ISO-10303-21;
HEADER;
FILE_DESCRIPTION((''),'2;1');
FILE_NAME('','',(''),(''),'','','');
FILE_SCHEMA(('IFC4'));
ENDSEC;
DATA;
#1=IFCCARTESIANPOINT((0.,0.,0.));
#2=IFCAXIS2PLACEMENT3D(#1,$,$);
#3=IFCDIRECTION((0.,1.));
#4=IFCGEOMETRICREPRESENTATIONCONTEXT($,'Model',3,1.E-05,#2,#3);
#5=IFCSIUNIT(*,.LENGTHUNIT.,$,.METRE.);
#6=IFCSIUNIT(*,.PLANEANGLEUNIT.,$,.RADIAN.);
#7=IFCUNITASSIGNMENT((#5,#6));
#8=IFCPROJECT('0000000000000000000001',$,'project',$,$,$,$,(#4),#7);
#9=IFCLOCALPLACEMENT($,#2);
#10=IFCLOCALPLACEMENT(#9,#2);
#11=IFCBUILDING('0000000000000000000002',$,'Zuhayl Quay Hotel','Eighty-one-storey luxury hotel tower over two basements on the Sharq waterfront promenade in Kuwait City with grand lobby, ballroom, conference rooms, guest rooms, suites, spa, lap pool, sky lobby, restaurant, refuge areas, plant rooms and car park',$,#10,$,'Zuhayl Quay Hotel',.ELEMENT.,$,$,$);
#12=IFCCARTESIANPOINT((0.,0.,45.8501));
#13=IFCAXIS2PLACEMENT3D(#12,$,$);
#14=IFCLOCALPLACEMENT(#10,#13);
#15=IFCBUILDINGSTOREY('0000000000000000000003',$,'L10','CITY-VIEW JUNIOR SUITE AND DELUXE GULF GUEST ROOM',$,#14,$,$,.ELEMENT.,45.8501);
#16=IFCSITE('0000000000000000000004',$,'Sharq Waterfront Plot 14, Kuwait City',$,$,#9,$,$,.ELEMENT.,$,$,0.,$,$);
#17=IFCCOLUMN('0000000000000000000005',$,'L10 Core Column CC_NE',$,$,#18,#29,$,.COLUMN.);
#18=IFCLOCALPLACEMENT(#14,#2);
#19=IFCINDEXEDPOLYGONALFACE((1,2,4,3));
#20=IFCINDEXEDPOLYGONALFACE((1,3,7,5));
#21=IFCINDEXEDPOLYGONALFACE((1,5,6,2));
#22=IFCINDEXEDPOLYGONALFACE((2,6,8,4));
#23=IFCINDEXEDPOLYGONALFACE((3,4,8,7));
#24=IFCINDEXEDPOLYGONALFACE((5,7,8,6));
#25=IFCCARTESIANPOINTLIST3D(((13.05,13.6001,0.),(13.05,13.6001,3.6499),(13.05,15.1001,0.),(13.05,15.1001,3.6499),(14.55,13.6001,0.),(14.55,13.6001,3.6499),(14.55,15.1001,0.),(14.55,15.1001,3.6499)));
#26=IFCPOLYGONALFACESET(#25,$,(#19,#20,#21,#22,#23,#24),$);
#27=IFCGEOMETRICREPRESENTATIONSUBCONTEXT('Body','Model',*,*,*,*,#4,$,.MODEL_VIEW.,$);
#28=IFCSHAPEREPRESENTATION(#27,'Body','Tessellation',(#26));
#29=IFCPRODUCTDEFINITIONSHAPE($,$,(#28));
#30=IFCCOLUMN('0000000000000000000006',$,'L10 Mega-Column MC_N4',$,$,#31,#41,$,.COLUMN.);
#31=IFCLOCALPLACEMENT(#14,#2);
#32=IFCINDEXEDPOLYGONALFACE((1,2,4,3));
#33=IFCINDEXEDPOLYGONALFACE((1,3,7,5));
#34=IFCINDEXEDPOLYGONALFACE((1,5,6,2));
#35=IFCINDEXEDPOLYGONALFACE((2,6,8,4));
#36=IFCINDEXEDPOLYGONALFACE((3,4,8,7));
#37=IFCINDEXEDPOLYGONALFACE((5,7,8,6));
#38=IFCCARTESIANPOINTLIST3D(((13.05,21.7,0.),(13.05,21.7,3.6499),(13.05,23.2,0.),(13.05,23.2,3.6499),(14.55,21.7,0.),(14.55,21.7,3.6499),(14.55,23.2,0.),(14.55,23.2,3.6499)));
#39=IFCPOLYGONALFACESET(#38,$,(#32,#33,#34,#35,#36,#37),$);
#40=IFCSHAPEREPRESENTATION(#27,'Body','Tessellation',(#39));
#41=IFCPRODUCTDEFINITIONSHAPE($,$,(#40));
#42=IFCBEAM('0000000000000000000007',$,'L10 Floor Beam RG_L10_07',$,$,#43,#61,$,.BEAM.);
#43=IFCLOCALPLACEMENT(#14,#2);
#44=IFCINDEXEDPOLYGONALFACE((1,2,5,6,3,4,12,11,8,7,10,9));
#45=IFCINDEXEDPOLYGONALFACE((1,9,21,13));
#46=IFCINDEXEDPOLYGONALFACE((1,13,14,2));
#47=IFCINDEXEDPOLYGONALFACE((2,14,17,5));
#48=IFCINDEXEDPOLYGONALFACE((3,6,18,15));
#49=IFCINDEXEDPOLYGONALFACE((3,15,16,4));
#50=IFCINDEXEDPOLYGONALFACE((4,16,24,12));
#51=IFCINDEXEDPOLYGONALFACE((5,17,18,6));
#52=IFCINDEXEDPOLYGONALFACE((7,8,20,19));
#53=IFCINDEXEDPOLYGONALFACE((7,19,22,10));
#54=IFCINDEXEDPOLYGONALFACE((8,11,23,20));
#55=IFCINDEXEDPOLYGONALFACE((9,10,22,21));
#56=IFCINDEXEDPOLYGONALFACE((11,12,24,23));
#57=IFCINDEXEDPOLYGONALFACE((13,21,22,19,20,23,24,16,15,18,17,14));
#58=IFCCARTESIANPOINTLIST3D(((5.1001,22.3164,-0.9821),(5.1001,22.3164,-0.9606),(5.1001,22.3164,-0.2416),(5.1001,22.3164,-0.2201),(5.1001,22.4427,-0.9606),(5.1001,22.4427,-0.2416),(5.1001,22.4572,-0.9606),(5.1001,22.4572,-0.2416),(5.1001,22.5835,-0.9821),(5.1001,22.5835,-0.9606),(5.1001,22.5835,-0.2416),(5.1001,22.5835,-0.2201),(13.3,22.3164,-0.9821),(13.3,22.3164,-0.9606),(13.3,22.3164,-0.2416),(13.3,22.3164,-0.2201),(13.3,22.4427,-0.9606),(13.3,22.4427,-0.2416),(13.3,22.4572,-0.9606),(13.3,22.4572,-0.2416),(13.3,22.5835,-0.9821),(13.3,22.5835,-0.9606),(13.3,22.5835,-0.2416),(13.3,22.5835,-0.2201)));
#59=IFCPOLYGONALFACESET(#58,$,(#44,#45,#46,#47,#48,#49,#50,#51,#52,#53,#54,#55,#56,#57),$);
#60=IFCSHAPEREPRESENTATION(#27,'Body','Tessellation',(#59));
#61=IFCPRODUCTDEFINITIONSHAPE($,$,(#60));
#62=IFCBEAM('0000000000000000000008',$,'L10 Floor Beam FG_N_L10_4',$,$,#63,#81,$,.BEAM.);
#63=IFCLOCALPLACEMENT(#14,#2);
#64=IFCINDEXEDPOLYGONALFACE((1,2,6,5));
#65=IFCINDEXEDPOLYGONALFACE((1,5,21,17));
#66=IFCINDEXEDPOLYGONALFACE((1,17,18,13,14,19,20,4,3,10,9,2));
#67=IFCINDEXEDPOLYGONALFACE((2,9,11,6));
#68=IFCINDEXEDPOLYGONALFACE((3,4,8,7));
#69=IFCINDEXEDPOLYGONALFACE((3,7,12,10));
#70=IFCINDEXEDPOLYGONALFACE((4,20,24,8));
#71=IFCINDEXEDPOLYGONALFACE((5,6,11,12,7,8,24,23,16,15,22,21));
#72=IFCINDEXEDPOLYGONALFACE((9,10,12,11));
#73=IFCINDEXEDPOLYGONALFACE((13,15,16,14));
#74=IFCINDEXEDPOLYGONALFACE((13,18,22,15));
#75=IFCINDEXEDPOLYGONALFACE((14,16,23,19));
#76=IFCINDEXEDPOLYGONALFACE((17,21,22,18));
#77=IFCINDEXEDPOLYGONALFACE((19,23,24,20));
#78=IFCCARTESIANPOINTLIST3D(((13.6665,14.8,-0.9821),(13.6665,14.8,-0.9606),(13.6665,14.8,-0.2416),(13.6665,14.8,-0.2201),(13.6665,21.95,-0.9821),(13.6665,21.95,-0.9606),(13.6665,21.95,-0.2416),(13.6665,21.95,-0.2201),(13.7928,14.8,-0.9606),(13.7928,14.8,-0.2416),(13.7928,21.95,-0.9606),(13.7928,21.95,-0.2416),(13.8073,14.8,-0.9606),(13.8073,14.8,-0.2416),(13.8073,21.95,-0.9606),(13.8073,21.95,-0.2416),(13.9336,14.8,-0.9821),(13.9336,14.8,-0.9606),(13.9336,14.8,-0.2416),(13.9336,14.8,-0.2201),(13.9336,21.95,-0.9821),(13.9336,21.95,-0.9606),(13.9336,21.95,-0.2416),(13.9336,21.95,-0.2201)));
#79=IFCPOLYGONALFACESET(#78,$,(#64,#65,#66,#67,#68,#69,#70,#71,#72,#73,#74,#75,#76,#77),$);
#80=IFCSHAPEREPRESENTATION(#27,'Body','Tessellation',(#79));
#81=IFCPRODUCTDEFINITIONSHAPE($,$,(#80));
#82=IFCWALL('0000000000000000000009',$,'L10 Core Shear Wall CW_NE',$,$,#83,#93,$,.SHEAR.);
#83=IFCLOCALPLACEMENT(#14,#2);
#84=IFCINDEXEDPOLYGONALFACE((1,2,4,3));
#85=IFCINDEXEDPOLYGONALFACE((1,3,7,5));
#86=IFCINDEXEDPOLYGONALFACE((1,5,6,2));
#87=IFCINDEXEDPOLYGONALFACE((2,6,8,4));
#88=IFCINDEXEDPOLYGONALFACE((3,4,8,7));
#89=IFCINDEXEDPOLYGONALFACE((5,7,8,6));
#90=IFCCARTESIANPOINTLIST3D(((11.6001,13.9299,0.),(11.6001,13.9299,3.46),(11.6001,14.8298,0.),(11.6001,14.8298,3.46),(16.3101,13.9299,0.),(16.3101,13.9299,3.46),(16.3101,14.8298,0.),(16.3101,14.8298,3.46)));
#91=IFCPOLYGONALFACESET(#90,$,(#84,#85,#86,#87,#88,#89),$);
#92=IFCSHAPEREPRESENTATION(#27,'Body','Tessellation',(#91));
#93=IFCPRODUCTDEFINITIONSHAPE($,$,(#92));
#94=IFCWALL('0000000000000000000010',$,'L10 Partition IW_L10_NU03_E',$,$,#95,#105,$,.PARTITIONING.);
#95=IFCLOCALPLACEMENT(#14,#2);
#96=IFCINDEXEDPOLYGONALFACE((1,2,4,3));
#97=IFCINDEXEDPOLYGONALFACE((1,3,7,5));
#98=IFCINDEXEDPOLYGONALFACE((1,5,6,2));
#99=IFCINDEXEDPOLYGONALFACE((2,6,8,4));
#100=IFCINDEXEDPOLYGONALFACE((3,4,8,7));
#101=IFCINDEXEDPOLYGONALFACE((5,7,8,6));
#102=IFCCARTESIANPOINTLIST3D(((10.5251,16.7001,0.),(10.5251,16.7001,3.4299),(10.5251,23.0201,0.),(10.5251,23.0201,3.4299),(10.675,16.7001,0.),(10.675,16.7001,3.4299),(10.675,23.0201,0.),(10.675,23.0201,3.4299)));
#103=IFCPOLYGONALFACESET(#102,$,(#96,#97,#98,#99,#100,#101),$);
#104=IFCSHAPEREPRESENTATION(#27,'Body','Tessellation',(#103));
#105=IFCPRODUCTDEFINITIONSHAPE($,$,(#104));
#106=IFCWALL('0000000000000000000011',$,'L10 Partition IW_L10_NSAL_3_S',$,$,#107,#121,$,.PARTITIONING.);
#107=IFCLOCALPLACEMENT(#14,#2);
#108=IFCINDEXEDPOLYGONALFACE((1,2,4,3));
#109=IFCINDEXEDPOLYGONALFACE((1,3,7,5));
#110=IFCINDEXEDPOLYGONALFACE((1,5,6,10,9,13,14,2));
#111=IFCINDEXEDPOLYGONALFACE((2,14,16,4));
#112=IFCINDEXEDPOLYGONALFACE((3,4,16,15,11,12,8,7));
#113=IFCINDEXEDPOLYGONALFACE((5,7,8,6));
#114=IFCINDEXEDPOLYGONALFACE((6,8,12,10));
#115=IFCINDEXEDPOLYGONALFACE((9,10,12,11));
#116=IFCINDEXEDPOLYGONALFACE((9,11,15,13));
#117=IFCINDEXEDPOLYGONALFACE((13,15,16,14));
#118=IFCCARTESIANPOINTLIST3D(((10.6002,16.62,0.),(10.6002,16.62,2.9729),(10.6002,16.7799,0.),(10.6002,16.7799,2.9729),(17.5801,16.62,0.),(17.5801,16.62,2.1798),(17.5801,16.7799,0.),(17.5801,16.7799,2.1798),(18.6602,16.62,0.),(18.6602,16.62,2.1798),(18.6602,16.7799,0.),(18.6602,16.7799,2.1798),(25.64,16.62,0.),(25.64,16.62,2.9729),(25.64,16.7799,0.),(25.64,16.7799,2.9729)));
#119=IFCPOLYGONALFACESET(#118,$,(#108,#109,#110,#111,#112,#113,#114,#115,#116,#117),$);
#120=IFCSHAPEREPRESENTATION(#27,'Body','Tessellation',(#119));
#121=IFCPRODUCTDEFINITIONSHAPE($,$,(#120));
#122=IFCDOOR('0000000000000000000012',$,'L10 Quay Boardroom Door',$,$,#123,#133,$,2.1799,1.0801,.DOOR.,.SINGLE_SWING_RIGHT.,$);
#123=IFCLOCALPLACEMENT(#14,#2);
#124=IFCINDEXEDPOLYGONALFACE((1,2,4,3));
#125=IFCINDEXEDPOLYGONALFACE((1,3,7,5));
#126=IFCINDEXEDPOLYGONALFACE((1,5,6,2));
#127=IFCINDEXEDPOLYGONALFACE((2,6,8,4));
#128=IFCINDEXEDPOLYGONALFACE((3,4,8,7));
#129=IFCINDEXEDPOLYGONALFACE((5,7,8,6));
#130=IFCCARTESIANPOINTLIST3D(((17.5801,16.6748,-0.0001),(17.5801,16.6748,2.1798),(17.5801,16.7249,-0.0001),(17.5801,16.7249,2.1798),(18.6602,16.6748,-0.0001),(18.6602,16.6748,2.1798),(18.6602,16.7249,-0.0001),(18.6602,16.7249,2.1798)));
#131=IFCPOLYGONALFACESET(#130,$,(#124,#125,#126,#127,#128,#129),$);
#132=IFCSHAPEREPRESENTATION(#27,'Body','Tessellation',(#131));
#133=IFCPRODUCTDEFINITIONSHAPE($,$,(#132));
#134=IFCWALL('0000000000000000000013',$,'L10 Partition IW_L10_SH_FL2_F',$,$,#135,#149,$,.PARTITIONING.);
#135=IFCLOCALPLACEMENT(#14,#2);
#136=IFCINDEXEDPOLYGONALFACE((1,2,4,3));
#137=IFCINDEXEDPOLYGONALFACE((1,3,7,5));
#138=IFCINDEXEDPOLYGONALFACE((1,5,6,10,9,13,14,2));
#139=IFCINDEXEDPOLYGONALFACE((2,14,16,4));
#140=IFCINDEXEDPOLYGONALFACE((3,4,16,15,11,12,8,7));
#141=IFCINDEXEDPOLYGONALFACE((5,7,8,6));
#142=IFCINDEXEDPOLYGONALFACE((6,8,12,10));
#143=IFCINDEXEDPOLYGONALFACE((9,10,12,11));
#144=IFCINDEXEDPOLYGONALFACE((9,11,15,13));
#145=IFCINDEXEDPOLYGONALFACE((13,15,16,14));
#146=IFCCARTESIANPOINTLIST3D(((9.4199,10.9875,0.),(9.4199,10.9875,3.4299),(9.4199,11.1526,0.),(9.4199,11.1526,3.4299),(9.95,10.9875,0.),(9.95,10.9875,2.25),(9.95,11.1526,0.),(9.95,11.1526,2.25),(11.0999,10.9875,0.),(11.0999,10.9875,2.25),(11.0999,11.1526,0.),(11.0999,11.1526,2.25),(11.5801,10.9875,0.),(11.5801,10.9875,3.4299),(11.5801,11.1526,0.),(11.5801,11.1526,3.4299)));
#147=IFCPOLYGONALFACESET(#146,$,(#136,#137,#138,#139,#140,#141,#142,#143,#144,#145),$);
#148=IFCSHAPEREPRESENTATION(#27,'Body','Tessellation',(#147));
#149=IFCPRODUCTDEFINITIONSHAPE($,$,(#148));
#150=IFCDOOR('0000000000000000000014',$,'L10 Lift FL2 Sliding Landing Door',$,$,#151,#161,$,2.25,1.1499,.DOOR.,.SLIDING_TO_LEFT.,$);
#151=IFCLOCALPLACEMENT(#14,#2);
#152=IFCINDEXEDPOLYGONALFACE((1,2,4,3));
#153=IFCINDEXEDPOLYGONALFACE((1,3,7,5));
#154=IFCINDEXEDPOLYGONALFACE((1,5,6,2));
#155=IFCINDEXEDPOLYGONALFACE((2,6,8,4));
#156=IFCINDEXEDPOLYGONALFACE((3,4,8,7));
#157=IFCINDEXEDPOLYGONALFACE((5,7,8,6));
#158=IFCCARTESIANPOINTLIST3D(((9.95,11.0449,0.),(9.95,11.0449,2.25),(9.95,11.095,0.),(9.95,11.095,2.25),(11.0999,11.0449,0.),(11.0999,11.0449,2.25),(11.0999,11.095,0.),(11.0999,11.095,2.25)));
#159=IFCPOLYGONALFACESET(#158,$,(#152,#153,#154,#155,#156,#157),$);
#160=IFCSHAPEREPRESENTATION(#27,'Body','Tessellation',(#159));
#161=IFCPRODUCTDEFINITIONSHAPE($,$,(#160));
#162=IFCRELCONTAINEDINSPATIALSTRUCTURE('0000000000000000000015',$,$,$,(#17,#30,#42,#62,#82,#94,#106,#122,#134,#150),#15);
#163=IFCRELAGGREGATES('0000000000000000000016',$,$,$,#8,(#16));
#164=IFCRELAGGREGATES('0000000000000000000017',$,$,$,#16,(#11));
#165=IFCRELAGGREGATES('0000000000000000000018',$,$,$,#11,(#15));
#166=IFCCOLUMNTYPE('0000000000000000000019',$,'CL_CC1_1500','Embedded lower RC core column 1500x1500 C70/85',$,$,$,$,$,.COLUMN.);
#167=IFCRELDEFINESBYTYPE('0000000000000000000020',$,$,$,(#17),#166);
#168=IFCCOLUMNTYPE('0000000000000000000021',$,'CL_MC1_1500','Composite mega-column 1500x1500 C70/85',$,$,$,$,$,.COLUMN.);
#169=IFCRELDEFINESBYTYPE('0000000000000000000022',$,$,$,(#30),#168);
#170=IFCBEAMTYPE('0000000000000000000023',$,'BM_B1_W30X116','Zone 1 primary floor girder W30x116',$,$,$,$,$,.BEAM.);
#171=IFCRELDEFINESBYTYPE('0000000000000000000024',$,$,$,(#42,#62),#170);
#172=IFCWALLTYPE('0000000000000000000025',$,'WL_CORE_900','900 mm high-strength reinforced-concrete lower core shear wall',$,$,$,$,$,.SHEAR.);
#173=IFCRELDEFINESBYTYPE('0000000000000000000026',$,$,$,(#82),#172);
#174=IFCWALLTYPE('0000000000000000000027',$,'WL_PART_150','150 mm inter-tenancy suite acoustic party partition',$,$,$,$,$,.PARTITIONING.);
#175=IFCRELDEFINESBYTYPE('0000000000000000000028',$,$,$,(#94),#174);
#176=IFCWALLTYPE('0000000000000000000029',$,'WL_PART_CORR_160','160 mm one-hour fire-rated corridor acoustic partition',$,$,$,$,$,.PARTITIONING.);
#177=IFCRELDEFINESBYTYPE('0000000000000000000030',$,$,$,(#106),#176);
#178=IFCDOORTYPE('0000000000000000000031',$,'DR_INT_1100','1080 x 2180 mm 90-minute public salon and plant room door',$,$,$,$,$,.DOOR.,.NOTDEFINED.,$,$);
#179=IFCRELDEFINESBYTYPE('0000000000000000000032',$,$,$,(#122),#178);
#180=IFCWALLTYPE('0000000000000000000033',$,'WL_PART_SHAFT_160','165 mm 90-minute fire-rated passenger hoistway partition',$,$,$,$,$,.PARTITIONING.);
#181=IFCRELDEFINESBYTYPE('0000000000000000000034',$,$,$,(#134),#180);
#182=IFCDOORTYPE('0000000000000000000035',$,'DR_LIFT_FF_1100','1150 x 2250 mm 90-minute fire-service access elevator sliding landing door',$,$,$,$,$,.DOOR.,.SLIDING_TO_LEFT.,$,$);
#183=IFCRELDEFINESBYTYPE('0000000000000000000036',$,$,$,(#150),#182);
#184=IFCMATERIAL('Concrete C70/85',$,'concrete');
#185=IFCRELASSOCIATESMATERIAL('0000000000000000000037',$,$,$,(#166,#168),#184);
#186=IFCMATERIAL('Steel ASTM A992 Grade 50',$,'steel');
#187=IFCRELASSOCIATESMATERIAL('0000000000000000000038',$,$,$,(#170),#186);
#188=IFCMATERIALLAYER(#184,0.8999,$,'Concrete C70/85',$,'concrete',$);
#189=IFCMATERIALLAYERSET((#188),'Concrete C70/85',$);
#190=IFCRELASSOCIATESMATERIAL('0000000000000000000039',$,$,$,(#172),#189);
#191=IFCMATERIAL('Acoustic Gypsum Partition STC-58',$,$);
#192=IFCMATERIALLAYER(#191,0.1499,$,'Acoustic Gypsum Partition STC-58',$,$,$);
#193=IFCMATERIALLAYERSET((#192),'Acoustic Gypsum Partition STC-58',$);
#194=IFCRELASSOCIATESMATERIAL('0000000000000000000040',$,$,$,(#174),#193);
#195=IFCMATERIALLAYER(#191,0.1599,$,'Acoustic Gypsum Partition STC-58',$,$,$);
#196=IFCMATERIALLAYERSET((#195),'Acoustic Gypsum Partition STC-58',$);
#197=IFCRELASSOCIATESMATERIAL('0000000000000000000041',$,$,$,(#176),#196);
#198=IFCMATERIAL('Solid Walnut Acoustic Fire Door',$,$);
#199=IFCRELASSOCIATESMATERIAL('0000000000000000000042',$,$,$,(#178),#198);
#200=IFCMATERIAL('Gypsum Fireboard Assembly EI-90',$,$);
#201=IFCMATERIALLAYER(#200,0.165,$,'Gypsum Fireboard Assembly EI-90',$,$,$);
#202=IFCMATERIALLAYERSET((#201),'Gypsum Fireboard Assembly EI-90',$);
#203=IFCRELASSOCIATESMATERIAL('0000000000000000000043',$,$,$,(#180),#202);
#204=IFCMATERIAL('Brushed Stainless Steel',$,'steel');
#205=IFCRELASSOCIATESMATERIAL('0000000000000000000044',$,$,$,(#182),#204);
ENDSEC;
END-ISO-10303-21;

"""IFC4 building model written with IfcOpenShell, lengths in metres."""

from ifc_helpers import new_model, si_unit, direction, frame, frame_2d, origin, origin_2d, place, context, subcontext, project, spatial, rectangle, i_section, extrude, material, layer, layer_set, material_profile, profile_set, type_object, element, fill, save


model = new_model("IFC4")

# Units and contexts
model_context = context("Model", 3, precision=1e-05, world=origin(), true_north=direction((0.0, 1.0)))
body_context = subcontext(model_context, "Body", "Model", "MODEL_VIEW")
ifc_project = project(units=[si_unit("LENGTHUNIT", "METRE"), si_unit("PLANEANGLEUNIT", "RADIAN")], contexts=[model_context])

# Site, building, storey
site_placement = place(None, origin())
site = spatial("IfcSite", under=ifc_project, at=site_placement, Name="Sharq Waterfront Plot 14, Kuwait City", CompositionType="ELEMENT", RefElevation=0.0)
building_placement = place(site_placement, origin())
building = spatial("IfcBuilding", under=site, at=building_placement, Name="Zuhayl Quay Hotel", Description="Eighty-one-storey luxury hotel tower over two basements on the Sharq waterfront promenade in Kuwait City with grand lobby, ballroom, conference rooms, guest rooms, suites, spa, lap pool, sky lobby, restaurant, refuge areas, plant rooms and car park", LongName="Zuhayl Quay Hotel", CompositionType="ELEMENT")
storey_placement = place(building_placement, frame((0.0, 0.0, 45.8501)))
storey = spatial("IfcBuildingStorey", under=building, at=storey_placement, Name="L10", Description="CITY-VIEW JUNIOR SUITE AND DELUXE GULF GUEST ROOM", CompositionType="ELEMENT", Elevation=45.8501)

# Columns
ifc_material_1 = material(Name="Concrete C70/85", Category="concrete")
ifc_material_profile_1 = material_profile(ifc_material_1, rectangle(XDim=1.5, YDim=1.5, at=origin_2d()), Name="RC1500X1500")
ifc_profile_set_1 = profile_set([ifc_material_profile_1], Name="Concrete C70/85")
column_type_1 = type_object("IfcColumnType", Name="CL_CC1_1500", Description="Embedded lower RC core column 1500x1500 C70/85", PredefinedType="COLUMN", material=ifc_profile_set_1)
column_1_placement = place(storey_placement, frame((13.8, 14.3501, 0.0), z_axis=(0.0, 0.0, 1.0), x_axis=(1.0, 0.0, 0.0)))
element("IfcColumn", 1, at=column_1_placement, inside=storey, type_object=column_type_1, Name="L10 Core Column CC_NE", PredefinedType="COLUMN", context=body_context, shape_type="SweptSolid", body=[
    extrude(rectangle(XDim=1.5, YDim=1.5, at=origin_2d()), origin(), (0.0, 0.0, 1.0), 3.6499),
])
ifc_material_profile_2 = material_profile(ifc_material_1, rectangle(XDim=1.5, YDim=1.5, at=origin_2d()), Name="RC1500X1500")
ifc_profile_set_2 = profile_set([ifc_material_profile_2], Name="Concrete C70/85")
column_type_2 = type_object("IfcColumnType", Name="CL_MC1_1500", Description="Composite mega-column 1500x1500 C70/85", PredefinedType="COLUMN", material=ifc_profile_set_2)
column_2_placement = place(storey_placement, frame((13.8, 22.45, 0.0), z_axis=(0.0, 0.0, 1.0), x_axis=(1.0, 0.0, 0.0)))
element("IfcColumn", 2, at=column_2_placement, inside=storey, type_object=column_type_2, Name="L10 Mega-Column MC_N4", PredefinedType="COLUMN", context=body_context, shape_type="SweptSolid", body=[
    extrude(rectangle(XDim=1.5, YDim=1.5, at=origin_2d()), origin(), (0.0, 0.0, 1.0), 3.6499),
])

# Beams
ifc_material_2 = material(Name="Steel ASTM A992 Grade 50", Category="steel")
ifc_material_profile_3 = material_profile(ifc_material_2, i_section(OverallWidth=0.2671, OverallDepth=0.762, WebThickness=0.0144, FlangeThickness=0.0215, at=origin_2d()), Name="W30X116")
ifc_profile_set_3 = profile_set([ifc_material_profile_3], Name="Steel ASTM A992 Grade 50")
beam_type = type_object("IfcBeamType", Name="BM_B1_W30X116", Description="Zone 1 primary floor girder W30x116", PredefinedType="BEAM", material=ifc_profile_set_3)
beam_1_placement = place(storey_placement, frame((13.3, 22.45, -0.6011), z_axis=(-1.0, 0.0, 0.0), x_axis=(0.0, -1.0, 0.0)))
element("IfcBeam", 3, at=beam_1_placement, inside=storey, type_object=beam_type, Name="L10 Floor Beam RG_L10_07", PredefinedType="BEAM", context=body_context, shape_type="SweptSolid", body=[
    extrude(i_section(OverallWidth=0.2671, OverallDepth=0.762, WebThickness=0.0144, FlangeThickness=0.0215, at=origin_2d()), origin(), (0.0, 0.0, 1.0), 8.2),
])
beam_2_placement = place(storey_placement, frame((13.8, 14.8, -0.6011), z_axis=(0.0, 1.0, 0.0), x_axis=(-1.0, 0.0, 0.0)))
element("IfcBeam", 4, at=beam_2_placement, inside=storey, type_object=beam_type, Name="L10 Floor Beam FG_N_L10_4", PredefinedType="BEAM", context=body_context, shape_type="SweptSolid", body=[
    extrude(i_section(OverallWidth=0.2671, OverallDepth=0.762, WebThickness=0.0144, FlangeThickness=0.0215, at=origin_2d()), origin(), (0.0, 0.0, 1.0), 7.1499),
])

# Walls
ifc_layer_1 = layer(ifc_material_1, 0.8999, Name="Concrete C70/85", Category="concrete")
ifc_layer_set_1 = layer_set([ifc_layer_1], Name="Concrete C70/85")
wall_type_1 = type_object("IfcWallType", Name="WL_CORE_900", Description="900 mm high-strength reinforced-concrete lower core shear wall", PredefinedType="SHEAR", material=ifc_layer_set_1)
wall_1_placement = place(storey_placement, frame((11.6001, 14.3799, 0.0), z_axis=(0.0, 0.0, 1.0), x_axis=(1.0, 0.0, 0.0)))
element("IfcWall", 5, at=wall_1_placement, inside=storey, type_object=wall_type_1, Name="L10 Core Shear Wall CW_NE", PredefinedType="SHEAR", context=body_context, shape_type="SweptSolid", body=[
    extrude(rectangle(XDim=4.71, YDim=0.8999, at=frame_2d((2.355, 0.0))), origin(), (0.0, 0.0, 1.0), 3.46),
])
ifc_material_3 = material(Name="Acoustic Gypsum Partition STC-58")
ifc_layer_2 = layer(ifc_material_3, 0.1499, Name="Acoustic Gypsum Partition STC-58")
ifc_layer_set_2 = layer_set([ifc_layer_2], Name="Acoustic Gypsum Partition STC-58")
wall_type_2 = type_object("IfcWallType", Name="WL_PART_150", Description="150 mm inter-tenancy suite acoustic party partition", PredefinedType="PARTITIONING", material=ifc_layer_set_2)
wall_2_placement = place(storey_placement, frame((10.6001, 16.7, 0.0), z_axis=(0.0, 0.0, 1.0), x_axis=(0.0, 1.0, 0.0)))
element("IfcWall", 6, at=wall_2_placement, inside=storey, type_object=wall_type_2, Name="L10 Partition IW_L10_NU03_E", PredefinedType="PARTITIONING", context=body_context, shape_type="SweptSolid", body=[
    extrude(rectangle(XDim=6.3201, YDim=0.1499, at=frame_2d((3.1602, 0.0))), origin(), (0.0, 0.0, 1.0), 3.4299),
])

# Walls, openings, doors
ifc_layer_3 = layer(ifc_material_3, 0.1599, Name="Acoustic Gypsum Partition STC-58")
ifc_layer_set_3 = layer_set([ifc_layer_3], Name="Acoustic Gypsum Partition STC-58")
wall_type_3 = type_object("IfcWallType", Name="WL_PART_CORR_160", Description="160 mm one-hour fire-rated corridor acoustic partition", PredefinedType="PARTITIONING", material=ifc_layer_set_3)
wall_3_placement = place(storey_placement, frame((10.6001, 16.7, 0.0), z_axis=(0.0, 0.0, 1.0), x_axis=(1.0, 0.0, 0.0)))
wall_3 = element("IfcWall", 7, at=wall_3_placement, inside=storey, type_object=wall_type_3, Name="L10 Partition IW_L10_NSAL_3_S", PredefinedType="PARTITIONING", context=body_context, shape_type="SweptSolid", body=[
    extrude(rectangle(XDim=15.0398, YDim=0.1599, at=frame_2d((7.52, 0.0))), origin(), (0.0, 0.0, 1.0), 2.9729),
])
opening_1_placement = place(wall_3_placement, frame((6.98, 0.0, 0.0)))
opening_1 = element("IfcOpeningElement", 8, at=opening_1_placement, cuts=wall_3, PredefinedType="OPENING", context=body_context, shape_type="SweptSolid", body=[
    extrude(rectangle(XDim=1.0801, YDim=2.1799, at=frame_2d((0.54, 1.0898))), frame((0.0, 0.0898, 0.0), z_axis=(0.0, -1.0, 0.0), x_axis=(1.0, 0.0, 0.0)), (0.0, 0.0, 1.0), 0.1799),
])
ifc_material_4 = material(Name="Solid Walnut Acoustic Fire Door")
door_type_1 = type_object("IfcDoorType", Name="DR_INT_1100", Description="1080 x 2180 mm 90-minute public salon and plant room door", OperationType="NOTDEFINED", PredefinedType="DOOR", material=ifc_material_4)
door_1_placement = place(opening_1_placement, origin())
door_1 = element("IfcDoor", 9, at=door_1_placement, inside=storey, type_object=door_type_1, Name="L10 Quay Boardroom Door", OperationType="SINGLE_SWING_RIGHT", OverallHeight=2.1799, OverallWidth=1.0801, PredefinedType="DOOR", context=body_context, shape_type="SweptSolid", body=[
    extrude(rectangle(XDim=1.0801, YDim=2.1799, at=frame_2d((0.54, 1.0898))), frame((0.0, 0.0249, 0.0), z_axis=(0.0, -1.0, 0.0), x_axis=(1.0, 0.0, 0.0)), (0.0, 0.0, 1.0), 0.05),
])
fill(opening_1, door_1)
ifc_material_5 = material(Name="Gypsum Fireboard Assembly EI-90")
ifc_layer_4 = layer(ifc_material_5, 0.165, Name="Gypsum Fireboard Assembly EI-90")
ifc_layer_set_4 = layer_set([ifc_layer_4], Name="Gypsum Fireboard Assembly EI-90")
wall_type_4 = type_object("IfcWallType", Name="WL_PART_SHAFT_160", Description="165 mm 90-minute fire-rated passenger hoistway partition", PredefinedType="PARTITIONING", material=ifc_layer_set_4)
wall_4_placement = place(storey_placement, frame((9.4199, 11.0701, 0.0), z_axis=(0.0, 0.0, 1.0), x_axis=(1.0, 0.0, 0.0)))
wall_4 = element("IfcWall", 10, at=wall_4_placement, inside=storey, type_object=wall_type_4, Name="L10 Partition IW_L10_SH_FL2_F", PredefinedType="PARTITIONING", context=body_context, shape_type="SweptSolid", body=[
    extrude(rectangle(XDim=2.1602, YDim=0.165, at=frame_2d((1.0801, 0.0))), origin(), (0.0, 0.0, 1.0), 3.4299),
])
opening_2_placement = place(wall_4_placement, frame((0.53, 0.0, 0.0)))
opening_2 = element("IfcOpeningElement", 11, at=opening_2_placement, cuts=wall_4, PredefinedType="OPENING", context=body_context, shape_type="SweptSolid", body=[
    extrude(rectangle(XDim=1.1499, YDim=2.25, at=frame_2d((0.575, 1.125))), frame((0.0, 0.0925, 0.0), z_axis=(0.0, -1.0, 0.0), x_axis=(1.0, 0.0, 0.0)), (0.0, 0.0, 1.0), 0.1851),
])
ifc_material_6 = material(Name="Brushed Stainless Steel", Category="steel")
door_type_2 = type_object("IfcDoorType", Name="DR_LIFT_FF_1100", Description="1150 x 2250 mm 90-minute fire-service access elevator sliding landing door", OperationType="SLIDING_TO_LEFT", PredefinedType="DOOR", material=ifc_material_6)
door_2_placement = place(opening_2_placement, origin())
door_2 = element("IfcDoor", 12, at=door_2_placement, inside=storey, type_object=door_type_2, Name="L10 Lift FL2 Sliding Landing Door", OperationType="SLIDING_TO_LEFT", OverallHeight=2.25, OverallWidth=1.1499, PredefinedType="DOOR", context=body_context, shape_type="SweptSolid", body=[
    extrude(rectangle(XDim=1.1499, YDim=2.25, at=frame_2d((0.575, 1.125))), frame((0.0, 0.0249, 0.0), z_axis=(0.0, -1.0, 0.0), x_axis=(1.0, 0.0, 0.0)), (0.0, 0.0, 1.0), 0.05),
])
fill(opening_2, door_2)

save(model, "model.ifc")
